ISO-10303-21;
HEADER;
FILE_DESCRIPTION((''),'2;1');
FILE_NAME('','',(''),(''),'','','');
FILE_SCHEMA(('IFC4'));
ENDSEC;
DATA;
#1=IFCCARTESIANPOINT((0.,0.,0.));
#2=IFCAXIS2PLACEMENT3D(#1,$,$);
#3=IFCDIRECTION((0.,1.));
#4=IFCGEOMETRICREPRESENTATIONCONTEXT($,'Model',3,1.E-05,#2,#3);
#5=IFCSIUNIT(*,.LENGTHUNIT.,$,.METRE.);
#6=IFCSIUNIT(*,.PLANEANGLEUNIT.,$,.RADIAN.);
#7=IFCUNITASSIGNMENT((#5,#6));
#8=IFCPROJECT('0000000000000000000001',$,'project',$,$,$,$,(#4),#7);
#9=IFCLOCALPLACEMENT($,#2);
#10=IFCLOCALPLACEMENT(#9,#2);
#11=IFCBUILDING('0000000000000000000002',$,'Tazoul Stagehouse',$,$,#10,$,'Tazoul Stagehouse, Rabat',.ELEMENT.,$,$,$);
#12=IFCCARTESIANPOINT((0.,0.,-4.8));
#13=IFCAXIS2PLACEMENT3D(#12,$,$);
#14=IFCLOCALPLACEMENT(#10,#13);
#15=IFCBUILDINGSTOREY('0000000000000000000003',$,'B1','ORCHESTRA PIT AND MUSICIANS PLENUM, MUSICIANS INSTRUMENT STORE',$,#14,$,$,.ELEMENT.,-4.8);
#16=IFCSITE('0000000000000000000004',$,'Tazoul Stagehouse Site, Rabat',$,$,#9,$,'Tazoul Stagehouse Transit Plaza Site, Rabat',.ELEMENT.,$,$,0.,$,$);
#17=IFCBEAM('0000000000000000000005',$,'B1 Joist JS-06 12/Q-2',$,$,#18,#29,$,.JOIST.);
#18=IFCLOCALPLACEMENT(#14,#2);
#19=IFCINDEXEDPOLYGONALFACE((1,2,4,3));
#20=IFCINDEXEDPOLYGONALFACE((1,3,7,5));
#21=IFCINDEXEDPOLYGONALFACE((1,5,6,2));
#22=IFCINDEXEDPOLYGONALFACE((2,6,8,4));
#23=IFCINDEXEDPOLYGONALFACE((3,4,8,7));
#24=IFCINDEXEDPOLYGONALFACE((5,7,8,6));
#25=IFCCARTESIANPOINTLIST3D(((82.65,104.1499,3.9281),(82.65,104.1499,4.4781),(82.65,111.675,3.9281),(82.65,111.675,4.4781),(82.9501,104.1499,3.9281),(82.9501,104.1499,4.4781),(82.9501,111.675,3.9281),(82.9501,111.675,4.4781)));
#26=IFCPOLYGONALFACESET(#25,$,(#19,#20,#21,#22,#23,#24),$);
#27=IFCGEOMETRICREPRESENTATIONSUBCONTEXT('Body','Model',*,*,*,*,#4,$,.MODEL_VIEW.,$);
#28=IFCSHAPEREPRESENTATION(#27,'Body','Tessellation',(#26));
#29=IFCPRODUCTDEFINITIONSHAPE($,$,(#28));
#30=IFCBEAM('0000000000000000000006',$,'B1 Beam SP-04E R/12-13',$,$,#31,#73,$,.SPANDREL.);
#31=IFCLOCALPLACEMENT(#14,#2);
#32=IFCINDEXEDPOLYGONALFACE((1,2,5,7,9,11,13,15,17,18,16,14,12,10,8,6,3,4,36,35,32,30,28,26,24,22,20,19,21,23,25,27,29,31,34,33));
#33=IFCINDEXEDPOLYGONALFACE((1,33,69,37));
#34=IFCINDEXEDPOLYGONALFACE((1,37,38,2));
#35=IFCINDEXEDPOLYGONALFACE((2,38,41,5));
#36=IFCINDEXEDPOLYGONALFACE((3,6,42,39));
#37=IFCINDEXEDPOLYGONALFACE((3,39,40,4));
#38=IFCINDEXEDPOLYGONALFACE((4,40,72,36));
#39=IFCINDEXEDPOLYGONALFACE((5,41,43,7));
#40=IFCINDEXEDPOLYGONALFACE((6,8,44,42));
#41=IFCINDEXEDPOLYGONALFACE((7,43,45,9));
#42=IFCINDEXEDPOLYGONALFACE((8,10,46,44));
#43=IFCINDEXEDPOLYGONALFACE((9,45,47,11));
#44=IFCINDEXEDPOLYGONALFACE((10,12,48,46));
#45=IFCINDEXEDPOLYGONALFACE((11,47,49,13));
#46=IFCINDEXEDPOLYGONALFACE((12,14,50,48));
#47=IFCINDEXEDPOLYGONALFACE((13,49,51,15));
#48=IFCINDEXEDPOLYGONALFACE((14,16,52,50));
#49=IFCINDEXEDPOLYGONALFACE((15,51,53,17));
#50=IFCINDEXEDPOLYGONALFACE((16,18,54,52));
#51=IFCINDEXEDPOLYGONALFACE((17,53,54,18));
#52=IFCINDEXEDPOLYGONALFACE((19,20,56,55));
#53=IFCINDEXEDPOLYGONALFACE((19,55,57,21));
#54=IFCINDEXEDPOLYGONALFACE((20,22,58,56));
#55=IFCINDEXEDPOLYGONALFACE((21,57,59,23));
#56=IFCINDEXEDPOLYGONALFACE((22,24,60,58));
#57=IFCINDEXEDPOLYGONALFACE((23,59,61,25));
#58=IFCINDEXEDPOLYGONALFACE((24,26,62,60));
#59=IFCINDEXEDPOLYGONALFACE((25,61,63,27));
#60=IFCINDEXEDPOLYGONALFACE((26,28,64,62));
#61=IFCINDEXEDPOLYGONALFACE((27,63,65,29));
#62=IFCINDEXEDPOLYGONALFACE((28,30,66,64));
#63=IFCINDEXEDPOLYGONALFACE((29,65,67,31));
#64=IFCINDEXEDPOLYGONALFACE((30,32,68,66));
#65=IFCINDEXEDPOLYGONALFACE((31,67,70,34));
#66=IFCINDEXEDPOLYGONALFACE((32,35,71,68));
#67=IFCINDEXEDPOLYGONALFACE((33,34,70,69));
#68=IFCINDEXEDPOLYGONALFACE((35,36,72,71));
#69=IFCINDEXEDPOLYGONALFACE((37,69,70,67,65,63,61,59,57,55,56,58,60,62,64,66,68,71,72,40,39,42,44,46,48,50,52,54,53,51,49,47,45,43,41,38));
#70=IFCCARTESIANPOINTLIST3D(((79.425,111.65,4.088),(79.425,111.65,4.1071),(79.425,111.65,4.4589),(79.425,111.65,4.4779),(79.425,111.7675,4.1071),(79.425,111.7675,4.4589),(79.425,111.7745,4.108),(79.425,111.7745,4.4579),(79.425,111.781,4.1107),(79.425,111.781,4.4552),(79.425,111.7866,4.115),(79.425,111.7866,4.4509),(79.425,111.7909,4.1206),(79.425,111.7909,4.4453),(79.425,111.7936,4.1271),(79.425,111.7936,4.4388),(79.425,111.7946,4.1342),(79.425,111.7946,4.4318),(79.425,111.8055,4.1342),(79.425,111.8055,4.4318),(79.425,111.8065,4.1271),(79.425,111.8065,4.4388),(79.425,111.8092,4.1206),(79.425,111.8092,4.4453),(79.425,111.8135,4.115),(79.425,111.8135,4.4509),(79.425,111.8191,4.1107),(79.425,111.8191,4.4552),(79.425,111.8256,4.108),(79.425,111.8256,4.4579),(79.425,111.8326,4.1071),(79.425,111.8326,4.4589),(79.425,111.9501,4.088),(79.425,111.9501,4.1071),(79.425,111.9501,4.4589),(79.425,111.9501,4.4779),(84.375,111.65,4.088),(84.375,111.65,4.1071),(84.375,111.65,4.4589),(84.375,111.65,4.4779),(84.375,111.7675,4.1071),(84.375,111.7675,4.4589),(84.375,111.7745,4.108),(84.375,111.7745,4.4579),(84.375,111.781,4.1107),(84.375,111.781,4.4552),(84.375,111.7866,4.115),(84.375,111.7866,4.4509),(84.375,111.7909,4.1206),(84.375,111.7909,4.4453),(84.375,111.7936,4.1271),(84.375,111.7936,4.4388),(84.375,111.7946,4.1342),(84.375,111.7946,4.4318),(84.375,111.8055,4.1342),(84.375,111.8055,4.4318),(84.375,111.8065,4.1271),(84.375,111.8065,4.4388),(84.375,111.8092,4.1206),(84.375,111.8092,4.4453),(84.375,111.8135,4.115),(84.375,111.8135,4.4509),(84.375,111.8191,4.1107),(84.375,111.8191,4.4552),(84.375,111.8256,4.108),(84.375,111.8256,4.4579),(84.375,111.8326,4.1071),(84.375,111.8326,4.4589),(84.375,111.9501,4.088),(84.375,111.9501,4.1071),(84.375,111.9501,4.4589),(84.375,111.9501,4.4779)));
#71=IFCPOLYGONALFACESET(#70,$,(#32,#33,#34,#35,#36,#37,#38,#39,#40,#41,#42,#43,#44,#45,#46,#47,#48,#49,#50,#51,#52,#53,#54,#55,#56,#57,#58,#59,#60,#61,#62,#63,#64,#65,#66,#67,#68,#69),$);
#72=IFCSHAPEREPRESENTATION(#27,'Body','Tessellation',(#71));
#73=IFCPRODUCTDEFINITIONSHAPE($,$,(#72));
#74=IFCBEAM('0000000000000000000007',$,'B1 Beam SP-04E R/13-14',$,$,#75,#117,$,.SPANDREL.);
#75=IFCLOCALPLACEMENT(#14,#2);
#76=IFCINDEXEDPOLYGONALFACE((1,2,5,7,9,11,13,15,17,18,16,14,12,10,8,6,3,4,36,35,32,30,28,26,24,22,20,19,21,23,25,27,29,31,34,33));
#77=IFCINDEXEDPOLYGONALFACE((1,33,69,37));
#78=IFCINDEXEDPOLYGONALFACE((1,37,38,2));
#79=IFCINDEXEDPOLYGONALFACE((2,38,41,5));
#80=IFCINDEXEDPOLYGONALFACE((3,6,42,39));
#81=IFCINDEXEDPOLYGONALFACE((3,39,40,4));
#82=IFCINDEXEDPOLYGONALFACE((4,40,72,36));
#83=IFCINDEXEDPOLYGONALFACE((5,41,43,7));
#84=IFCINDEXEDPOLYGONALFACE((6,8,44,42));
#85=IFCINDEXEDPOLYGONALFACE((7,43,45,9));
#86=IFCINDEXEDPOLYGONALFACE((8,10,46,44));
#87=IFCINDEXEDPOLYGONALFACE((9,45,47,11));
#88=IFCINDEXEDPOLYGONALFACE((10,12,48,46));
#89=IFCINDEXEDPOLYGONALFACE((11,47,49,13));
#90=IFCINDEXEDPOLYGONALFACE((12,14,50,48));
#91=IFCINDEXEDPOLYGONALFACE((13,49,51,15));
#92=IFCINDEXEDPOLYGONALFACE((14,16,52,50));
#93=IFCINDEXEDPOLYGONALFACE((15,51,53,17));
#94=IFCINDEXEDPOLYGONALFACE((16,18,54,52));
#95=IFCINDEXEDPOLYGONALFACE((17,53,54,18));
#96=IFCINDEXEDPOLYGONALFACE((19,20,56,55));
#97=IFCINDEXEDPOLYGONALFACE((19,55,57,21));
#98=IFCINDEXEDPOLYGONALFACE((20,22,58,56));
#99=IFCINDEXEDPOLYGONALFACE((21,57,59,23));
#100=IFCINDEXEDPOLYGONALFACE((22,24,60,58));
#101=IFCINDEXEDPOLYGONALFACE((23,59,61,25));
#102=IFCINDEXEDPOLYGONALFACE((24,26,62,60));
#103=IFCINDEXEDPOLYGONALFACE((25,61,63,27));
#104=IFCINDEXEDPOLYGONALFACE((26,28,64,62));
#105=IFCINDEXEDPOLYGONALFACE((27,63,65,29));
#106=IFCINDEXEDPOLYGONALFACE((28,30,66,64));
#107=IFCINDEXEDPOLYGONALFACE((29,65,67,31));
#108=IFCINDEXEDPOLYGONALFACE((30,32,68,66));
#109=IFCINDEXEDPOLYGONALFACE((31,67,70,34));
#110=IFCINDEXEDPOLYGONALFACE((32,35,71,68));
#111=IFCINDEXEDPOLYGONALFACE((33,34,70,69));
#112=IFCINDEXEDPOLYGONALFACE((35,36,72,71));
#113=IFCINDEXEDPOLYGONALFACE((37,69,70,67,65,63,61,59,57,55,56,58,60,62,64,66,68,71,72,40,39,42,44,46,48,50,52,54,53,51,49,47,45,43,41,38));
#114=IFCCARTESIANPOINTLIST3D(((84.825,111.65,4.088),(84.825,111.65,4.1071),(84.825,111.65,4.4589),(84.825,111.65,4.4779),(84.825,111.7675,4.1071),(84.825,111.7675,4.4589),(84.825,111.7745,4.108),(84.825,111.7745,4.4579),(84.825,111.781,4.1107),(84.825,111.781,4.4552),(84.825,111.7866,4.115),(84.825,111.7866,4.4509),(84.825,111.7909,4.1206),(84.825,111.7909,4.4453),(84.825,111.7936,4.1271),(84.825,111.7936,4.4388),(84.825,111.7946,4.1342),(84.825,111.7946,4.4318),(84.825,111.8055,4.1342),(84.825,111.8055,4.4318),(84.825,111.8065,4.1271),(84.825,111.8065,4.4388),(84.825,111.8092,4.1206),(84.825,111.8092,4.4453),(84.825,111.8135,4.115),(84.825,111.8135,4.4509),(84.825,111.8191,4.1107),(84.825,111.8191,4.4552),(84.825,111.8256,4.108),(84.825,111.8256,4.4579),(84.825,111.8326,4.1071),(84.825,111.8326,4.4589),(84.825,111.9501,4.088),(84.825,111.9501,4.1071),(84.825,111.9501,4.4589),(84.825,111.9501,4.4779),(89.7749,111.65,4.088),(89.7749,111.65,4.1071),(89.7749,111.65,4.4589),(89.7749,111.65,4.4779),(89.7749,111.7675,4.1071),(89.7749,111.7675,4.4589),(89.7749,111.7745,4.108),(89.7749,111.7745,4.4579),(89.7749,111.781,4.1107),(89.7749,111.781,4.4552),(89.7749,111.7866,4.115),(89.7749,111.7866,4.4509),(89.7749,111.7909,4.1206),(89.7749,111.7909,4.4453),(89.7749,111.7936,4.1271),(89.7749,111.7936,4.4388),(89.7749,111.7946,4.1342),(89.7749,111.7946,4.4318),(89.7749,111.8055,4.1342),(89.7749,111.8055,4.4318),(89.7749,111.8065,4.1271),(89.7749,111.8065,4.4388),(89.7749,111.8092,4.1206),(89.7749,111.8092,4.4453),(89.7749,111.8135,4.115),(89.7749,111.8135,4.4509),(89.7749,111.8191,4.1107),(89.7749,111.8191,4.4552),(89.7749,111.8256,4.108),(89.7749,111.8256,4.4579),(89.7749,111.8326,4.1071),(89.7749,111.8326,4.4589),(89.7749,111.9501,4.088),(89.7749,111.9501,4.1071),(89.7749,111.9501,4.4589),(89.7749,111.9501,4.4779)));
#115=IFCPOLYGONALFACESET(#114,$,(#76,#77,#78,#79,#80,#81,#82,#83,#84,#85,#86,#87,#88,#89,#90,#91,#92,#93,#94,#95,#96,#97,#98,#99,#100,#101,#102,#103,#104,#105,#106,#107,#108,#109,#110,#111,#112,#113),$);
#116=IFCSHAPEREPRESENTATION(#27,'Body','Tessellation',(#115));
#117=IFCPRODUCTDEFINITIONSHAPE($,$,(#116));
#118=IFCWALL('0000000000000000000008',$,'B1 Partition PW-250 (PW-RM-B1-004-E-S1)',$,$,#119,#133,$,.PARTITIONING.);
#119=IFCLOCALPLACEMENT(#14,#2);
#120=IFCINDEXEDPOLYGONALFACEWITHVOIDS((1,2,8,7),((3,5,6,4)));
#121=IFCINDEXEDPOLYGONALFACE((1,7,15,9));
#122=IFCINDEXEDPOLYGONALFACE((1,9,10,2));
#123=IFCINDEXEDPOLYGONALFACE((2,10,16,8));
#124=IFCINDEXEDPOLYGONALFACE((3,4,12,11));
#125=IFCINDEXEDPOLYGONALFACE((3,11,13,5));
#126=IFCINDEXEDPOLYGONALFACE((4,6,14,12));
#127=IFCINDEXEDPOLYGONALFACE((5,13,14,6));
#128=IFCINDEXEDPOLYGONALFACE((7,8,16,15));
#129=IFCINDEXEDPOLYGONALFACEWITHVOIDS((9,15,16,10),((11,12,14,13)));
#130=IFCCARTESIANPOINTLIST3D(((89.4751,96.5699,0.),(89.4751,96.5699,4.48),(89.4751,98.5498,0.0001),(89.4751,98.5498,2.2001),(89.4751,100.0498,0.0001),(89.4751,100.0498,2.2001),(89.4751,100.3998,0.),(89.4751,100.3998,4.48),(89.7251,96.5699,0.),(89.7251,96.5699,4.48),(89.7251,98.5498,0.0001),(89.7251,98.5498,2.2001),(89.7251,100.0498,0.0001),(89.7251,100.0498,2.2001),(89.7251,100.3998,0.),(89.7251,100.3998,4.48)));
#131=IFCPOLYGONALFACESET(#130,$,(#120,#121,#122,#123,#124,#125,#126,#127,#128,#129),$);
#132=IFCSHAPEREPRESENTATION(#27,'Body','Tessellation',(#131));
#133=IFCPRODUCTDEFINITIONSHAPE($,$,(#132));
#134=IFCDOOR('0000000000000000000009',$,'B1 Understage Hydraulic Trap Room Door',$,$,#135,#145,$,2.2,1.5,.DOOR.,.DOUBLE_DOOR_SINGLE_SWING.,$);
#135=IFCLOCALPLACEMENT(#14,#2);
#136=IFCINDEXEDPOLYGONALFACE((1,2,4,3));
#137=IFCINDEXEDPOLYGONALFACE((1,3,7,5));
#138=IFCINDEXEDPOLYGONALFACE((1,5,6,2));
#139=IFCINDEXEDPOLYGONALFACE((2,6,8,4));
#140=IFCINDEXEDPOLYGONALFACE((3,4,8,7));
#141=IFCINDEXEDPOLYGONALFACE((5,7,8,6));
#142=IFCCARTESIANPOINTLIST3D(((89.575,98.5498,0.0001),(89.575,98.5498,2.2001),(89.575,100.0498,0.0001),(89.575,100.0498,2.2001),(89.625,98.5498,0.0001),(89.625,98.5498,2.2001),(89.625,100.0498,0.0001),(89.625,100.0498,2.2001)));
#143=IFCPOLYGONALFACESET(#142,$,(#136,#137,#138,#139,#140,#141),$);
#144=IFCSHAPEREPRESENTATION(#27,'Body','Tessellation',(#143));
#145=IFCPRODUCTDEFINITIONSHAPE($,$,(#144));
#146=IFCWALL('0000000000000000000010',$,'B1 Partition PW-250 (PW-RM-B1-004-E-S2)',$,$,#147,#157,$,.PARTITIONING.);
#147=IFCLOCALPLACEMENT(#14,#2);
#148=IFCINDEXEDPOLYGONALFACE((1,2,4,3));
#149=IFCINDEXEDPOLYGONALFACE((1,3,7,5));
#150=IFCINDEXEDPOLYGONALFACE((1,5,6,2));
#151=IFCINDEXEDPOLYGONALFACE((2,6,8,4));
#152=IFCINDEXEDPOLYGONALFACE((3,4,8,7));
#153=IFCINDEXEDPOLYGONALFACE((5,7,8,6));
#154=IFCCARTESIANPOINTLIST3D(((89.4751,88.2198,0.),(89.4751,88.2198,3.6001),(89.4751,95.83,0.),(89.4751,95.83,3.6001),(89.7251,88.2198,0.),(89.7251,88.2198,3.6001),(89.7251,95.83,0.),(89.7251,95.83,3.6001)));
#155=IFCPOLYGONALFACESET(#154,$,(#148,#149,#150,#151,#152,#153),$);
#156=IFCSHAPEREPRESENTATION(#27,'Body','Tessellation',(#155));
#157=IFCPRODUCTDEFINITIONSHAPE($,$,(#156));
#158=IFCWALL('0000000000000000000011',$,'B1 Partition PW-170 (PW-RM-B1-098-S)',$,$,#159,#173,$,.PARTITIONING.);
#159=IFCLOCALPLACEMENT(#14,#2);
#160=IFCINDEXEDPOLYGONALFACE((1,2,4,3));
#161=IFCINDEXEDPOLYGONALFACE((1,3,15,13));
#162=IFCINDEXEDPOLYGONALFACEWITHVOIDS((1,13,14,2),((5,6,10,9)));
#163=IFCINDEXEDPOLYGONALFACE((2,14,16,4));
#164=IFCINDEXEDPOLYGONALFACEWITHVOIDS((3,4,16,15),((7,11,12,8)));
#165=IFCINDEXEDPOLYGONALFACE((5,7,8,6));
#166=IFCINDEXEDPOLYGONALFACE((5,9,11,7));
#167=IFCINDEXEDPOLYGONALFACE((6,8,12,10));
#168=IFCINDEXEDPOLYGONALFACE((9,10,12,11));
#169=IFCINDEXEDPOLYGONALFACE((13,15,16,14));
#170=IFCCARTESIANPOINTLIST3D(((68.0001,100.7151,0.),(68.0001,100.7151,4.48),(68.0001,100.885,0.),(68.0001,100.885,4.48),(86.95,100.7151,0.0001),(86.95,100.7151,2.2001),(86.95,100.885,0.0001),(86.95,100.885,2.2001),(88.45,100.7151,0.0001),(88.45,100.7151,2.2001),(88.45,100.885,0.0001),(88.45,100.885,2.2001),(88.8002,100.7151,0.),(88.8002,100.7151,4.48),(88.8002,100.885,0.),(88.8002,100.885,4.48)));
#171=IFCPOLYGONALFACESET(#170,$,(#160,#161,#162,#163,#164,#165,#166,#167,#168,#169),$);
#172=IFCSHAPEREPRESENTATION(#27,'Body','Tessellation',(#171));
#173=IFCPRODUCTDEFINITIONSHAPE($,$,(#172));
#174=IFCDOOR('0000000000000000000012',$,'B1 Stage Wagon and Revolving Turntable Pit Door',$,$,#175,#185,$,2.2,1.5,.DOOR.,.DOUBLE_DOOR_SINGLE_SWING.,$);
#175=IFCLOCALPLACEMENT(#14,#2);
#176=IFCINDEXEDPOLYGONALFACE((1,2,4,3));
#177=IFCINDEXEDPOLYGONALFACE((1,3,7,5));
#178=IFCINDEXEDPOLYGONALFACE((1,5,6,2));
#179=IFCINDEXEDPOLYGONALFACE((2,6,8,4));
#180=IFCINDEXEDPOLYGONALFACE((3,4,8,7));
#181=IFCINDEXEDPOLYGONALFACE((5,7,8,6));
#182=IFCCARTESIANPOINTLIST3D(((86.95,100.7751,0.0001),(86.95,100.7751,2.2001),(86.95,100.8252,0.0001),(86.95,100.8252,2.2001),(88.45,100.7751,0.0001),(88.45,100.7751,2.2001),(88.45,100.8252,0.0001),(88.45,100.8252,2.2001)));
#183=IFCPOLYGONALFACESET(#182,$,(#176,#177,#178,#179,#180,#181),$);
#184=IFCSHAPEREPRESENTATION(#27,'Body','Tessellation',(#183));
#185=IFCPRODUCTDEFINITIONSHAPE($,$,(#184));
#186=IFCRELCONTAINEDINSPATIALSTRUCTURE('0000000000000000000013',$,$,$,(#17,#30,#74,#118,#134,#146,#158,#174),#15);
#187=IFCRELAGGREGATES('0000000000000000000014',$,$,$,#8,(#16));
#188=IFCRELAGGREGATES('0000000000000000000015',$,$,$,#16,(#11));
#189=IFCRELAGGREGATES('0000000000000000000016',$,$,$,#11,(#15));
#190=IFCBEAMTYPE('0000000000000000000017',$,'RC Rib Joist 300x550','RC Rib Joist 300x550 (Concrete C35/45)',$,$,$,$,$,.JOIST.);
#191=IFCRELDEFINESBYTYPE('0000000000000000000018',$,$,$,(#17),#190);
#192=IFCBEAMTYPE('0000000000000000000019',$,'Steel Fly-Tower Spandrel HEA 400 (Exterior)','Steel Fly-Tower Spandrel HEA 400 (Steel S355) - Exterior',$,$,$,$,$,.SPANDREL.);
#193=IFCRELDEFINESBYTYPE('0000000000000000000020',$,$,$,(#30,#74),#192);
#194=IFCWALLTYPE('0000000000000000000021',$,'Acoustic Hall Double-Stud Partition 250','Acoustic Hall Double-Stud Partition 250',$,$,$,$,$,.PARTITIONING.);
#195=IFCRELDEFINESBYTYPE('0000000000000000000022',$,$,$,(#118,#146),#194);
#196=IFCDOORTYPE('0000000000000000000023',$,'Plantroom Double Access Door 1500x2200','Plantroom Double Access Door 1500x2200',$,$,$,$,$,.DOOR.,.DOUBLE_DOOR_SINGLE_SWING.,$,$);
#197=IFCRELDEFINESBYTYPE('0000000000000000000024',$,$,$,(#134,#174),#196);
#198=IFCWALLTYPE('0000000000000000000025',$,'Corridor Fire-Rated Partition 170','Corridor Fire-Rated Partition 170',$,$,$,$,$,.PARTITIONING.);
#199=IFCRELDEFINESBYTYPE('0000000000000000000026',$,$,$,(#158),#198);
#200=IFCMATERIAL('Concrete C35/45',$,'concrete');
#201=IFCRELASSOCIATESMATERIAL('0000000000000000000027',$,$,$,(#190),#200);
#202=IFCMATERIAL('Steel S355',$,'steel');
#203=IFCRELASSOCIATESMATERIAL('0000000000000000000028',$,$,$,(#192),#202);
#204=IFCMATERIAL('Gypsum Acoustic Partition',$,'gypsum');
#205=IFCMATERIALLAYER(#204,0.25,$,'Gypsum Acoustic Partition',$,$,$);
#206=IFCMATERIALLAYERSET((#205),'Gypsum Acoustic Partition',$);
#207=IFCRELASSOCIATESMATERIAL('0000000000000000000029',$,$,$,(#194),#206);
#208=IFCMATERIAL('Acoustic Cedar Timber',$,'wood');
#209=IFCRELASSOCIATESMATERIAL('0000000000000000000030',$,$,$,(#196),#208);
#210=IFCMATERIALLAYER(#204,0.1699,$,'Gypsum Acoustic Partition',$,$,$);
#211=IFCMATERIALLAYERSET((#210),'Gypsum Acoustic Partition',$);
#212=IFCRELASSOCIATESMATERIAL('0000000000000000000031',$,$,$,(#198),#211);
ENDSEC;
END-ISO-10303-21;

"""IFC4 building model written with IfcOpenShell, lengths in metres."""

from ifc_helpers import new_model, si_unit, direction, frame, frame_2d, origin, origin_2d, place, context, subcontext, project, spatial, rectangle, i_section, extrude, material, layer, layer_set, material_profile, profile_set, type_object, element, fill, save


model = new_model("IFC4")

# Units and contexts
model_context = context("Model", 3, precision=1e-05, world=origin(), true_north=direction((0.0, 1.0)))
body_context = subcontext(model_context, "Body", "Model", "MODEL_VIEW")
ifc_project = project(units=[si_unit("LENGTHUNIT", "METRE"), si_unit("PLANEANGLEUNIT", "RADIAN")], contexts=[model_context])

# Site, building, storey
site_placement = place(None, origin())
site = spatial("IfcSite", under=ifc_project, at=site_placement, Name="Tazoul Stagehouse Site, Rabat", LongName="Tazoul Stagehouse Transit Plaza Site, Rabat", CompositionType="ELEMENT", RefElevation=0.0)
building_placement = place(site_placement, origin())
building = spatial("IfcBuilding", under=site, at=building_placement, Name="Tazoul Stagehouse", LongName="Tazoul Stagehouse, Rabat", CompositionType="ELEMENT")
storey_placement = place(building_placement, frame((0.0, 0.0, -4.8)))
storey = spatial("IfcBuildingStorey", under=building, at=storey_placement, Name="B1", Description="ORCHESTRA PIT AND MUSICIANS PLENUM, MUSICIANS INSTRUMENT STORE", CompositionType="ELEMENT", Elevation=-4.8)

# Shared definitions
ifc_material_1 = material(Name="Concrete C35/45", Category="concrete")

# Beams
ifc_material_profile_1 = material_profile(ifc_material_1, rectangle(XDim=0.3, YDim=0.55, at=origin_2d()), Name="RC 300x550")
ifc_profile_set_1 = profile_set([ifc_material_profile_1], Name="Concrete C35/45")
beam_type_1 = type_object("IfcBeamType", Name="RC Rib Joist 300x550", Description="RC Rib Joist 300x550 (Concrete C35/45)", PredefinedType="JOIST", material=ifc_profile_set_1)
for number, where, z_axis, x_axis, name in (
    (1, (82.8, 104.1499, 4.2031), (0.0, 1.0, 0.0), (-1.0, 0.0, 0.0), "B1 Joist JS-06 12/Q-2"),
):
    element("IfcBeam", number, at=place(storey_placement, frame(where, z_axis=z_axis, x_axis=x_axis)), inside=storey, type_object=beam_type_1, Name=name, PredefinedType="JOIST", context=body_context, shape_type="SweptSolid", body=[
        extrude(rectangle(XDim=0.3, YDim=0.55, at=origin_2d()), origin(), (0.0, 0.0, 1.0), 7.5251),
    ])
ifc_material_2 = material(Name="Steel S355", Category="steel")
ifc_material_profile_2 = material_profile(ifc_material_2, i_section(OverallWidth=0.3, OverallDepth=0.3899, WebThickness=0.011, FlangeThickness=0.019, FilletRadius=0.0271, at=origin_2d()), Name="HEA 400")
ifc_profile_set_2 = profile_set([ifc_material_profile_2], Name="Steel S355")
beam_type_2 = type_object("IfcBeamType", Name="Steel Fly-Tower Spandrel HEA 400 (Exterior)", Description="Steel Fly-Tower Spandrel HEA 400 (Steel S355) - Exterior", PredefinedType="SPANDREL", material=ifc_profile_set_2)
for number, where, z_axis, x_axis, name in (
    (2, (79.425, 111.8, 4.283), (1.0, 0.0, 0.0), (0.0, 1.0, 0.0), "B1 Beam SP-04E R/12-13"),
    (3, (84.825, 111.8, 4.283), (1.0, 0.0, 0.0), (0.0, 1.0, 0.0), "B1 Beam SP-04E R/13-14"),
):
    element("IfcBeam", number, at=place(storey_placement, frame(where, z_axis=z_axis, x_axis=x_axis)), inside=storey, type_object=beam_type_2, Name=name, PredefinedType="SPANDREL", context=body_context, shape_type="SweptSolid", body=[
        extrude(i_section(OverallWidth=0.3, OverallDepth=0.3899, WebThickness=0.011, FlangeThickness=0.019, FilletRadius=0.0271, at=origin_2d()), origin(), (0.0, 0.0, 1.0), 4.95),
    ])

# Wall, opening, door
ifc_material_3 = material(Name="Gypsum Acoustic Partition", Category="gypsum")
ifc_layer_1 = layer(ifc_material_3, 0.25, Name="Gypsum Acoustic Partition")
ifc_layer_set_1 = layer_set([ifc_layer_1], Name="Gypsum Acoustic Partition")
wall_type_1 = type_object("IfcWallType", Name="Acoustic Hall Double-Stud Partition 250", Description="Acoustic Hall Double-Stud Partition 250", PredefinedType="PARTITIONING", material=ifc_layer_set_1)
wall_1_placement = place(storey_placement, frame((89.6001, 100.3999, 0.0), z_axis=(0.0, 0.0, 1.0), x_axis=(0.0, -1.0, 0.0)))
wall_1 = element("IfcWall", 4, at=wall_1_placement, inside=storey, type_object=wall_type_1, Name="B1 Partition PW-250 (PW-RM-B1-004-E-S1)", PredefinedType="PARTITIONING", context=body_context, shape_type="SweptSolid", body=[
    extrude(rectangle(XDim=3.8298, YDim=0.25, at=frame_2d((1.915, 0.0))), origin(), (0.0, 0.0, 1.0), 4.48),
])
opening_1_placement = place(wall_1_placement, frame((0.3501, 0.0, 0.0)))
opening_1 = element("IfcOpeningElement", 5, at=opening_1_placement, cuts=wall_1, PredefinedType="OPENING", context=body_context, shape_type="SweptSolid", body=[
    extrude(rectangle(XDim=1.5, YDim=2.2, at=frame_2d((0.75, 1.1001))), frame((0.0, 0.145, 0.0), z_axis=(0.0, -1.0, 0.0), x_axis=(1.0, 0.0, 0.0)), (0.0, 0.0, 1.0), 0.29),
])
ifc_material_4 = material(Name="Acoustic Cedar Timber", Category="wood")
door_type = type_object("IfcDoorType", Name="Plantroom Double Access Door 1500x2200", Description="Plantroom Double Access Door 1500x2200", OperationType="DOUBLE_DOOR_SINGLE_SWING", PredefinedType="DOOR", material=ifc_material_4)
door_1_placement = place(opening_1_placement, origin())
door_1 = element("IfcDoor", 6, at=door_1_placement, inside=storey, type_object=door_type, Name="B1 Understage Hydraulic Trap Room Door", OperationType="DOUBLE_DOOR_SINGLE_SWING", OverallHeight=2.2, OverallWidth=1.5, PredefinedType="DOOR", context=body_context, shape_type="SweptSolid", body=[
    extrude(rectangle(XDim=1.5, YDim=2.2, at=frame_2d((0.75, 1.1001))), frame((0.0, 0.0249, 0.0), z_axis=(0.0, -1.0, 0.0), x_axis=(1.0, 0.0, 0.0)), (0.0, 0.0, 1.0), 0.05),
])
fill(opening_1, door_1)

# Wall
wall_2_placement = place(storey_placement, frame((89.6001, 95.8301, 0.0), z_axis=(0.0, 0.0, 1.0), x_axis=(0.0, -1.0, 0.0)))
element("IfcWall", 7, at=wall_2_placement, inside=storey, type_object=wall_type_1, Name="B1 Partition PW-250 (PW-RM-B1-004-E-S2)", PredefinedType="PARTITIONING", context=body_context, shape_type="SweptSolid", body=[
    extrude(rectangle(XDim=7.6101, YDim=0.25, at=frame_2d((3.8052, 0.0))), origin(), (0.0, 0.0, 1.0), 3.6001),
])

# Wall, opening, door
ifc_layer_2 = layer(ifc_material_3, 0.1699, Name="Gypsum Acoustic Partition")
ifc_layer_set_2 = layer_set([ifc_layer_2], Name="Gypsum Acoustic Partition")
wall_type_2 = type_object("IfcWallType", Name="Corridor Fire-Rated Partition 170", Description="Corridor Fire-Rated Partition 170", PredefinedType="PARTITIONING", material=ifc_layer_set_2)
wall_3_placement = place(storey_placement, frame((88.8, 100.8, 0.0), z_axis=(0.0, 0.0, 1.0), x_axis=(-1.0, 0.0, 0.0)))
wall_3 = element("IfcWall", 8, at=wall_3_placement, inside=storey, type_object=wall_type_2, Name="B1 Partition PW-170 (PW-RM-B1-098-S)", PredefinedType="PARTITIONING", context=body_context, shape_type="SweptSolid", body=[
    extrude(rectangle(XDim=20.8, YDim=0.1699, at=frame_2d((10.3999, 0.0))), origin(), (0.0, 0.0, 1.0), 4.48),
])
opening_2_placement = place(wall_3_placement, frame((0.3501, 0.0, 0.0)))
opening_2 = element("IfcOpeningElement", 9, at=opening_2_placement, cuts=wall_3, PredefinedType="OPENING", context=body_context, shape_type="SweptSolid", body=[
    extrude(rectangle(XDim=1.5, YDim=2.2, at=frame_2d((0.75, 1.1001))), frame((0.0, 0.105, 0.0), z_axis=(0.0, -1.0, 0.0), x_axis=(1.0, 0.0, 0.0)), (0.0, 0.0, 1.0), 0.21),
])
door_2_placement = place(opening_2_placement, origin())
door_2 = element("IfcDoor", 10, at=door_2_placement, inside=storey, type_object=door_type, Name="B1 Stage Wagon and Revolving Turntable Pit Door", OperationType="DOUBLE_DOOR_SINGLE_SWING", OverallHeight=2.2, OverallWidth=1.5, PredefinedType="DOOR", context=body_context, shape_type="SweptSolid", body=[
    extrude(rectangle(XDim=1.5, YDim=2.2, at=frame_2d((0.75, 1.1001))), frame((0.0, 0.0249, 0.0), z_axis=(0.0, -1.0, 0.0), x_axis=(1.0, 0.0, 0.0)), (0.0, 0.0, 1.0), 0.05),
])
fill(opening_2, door_2)

save(model, "model.ifc")
